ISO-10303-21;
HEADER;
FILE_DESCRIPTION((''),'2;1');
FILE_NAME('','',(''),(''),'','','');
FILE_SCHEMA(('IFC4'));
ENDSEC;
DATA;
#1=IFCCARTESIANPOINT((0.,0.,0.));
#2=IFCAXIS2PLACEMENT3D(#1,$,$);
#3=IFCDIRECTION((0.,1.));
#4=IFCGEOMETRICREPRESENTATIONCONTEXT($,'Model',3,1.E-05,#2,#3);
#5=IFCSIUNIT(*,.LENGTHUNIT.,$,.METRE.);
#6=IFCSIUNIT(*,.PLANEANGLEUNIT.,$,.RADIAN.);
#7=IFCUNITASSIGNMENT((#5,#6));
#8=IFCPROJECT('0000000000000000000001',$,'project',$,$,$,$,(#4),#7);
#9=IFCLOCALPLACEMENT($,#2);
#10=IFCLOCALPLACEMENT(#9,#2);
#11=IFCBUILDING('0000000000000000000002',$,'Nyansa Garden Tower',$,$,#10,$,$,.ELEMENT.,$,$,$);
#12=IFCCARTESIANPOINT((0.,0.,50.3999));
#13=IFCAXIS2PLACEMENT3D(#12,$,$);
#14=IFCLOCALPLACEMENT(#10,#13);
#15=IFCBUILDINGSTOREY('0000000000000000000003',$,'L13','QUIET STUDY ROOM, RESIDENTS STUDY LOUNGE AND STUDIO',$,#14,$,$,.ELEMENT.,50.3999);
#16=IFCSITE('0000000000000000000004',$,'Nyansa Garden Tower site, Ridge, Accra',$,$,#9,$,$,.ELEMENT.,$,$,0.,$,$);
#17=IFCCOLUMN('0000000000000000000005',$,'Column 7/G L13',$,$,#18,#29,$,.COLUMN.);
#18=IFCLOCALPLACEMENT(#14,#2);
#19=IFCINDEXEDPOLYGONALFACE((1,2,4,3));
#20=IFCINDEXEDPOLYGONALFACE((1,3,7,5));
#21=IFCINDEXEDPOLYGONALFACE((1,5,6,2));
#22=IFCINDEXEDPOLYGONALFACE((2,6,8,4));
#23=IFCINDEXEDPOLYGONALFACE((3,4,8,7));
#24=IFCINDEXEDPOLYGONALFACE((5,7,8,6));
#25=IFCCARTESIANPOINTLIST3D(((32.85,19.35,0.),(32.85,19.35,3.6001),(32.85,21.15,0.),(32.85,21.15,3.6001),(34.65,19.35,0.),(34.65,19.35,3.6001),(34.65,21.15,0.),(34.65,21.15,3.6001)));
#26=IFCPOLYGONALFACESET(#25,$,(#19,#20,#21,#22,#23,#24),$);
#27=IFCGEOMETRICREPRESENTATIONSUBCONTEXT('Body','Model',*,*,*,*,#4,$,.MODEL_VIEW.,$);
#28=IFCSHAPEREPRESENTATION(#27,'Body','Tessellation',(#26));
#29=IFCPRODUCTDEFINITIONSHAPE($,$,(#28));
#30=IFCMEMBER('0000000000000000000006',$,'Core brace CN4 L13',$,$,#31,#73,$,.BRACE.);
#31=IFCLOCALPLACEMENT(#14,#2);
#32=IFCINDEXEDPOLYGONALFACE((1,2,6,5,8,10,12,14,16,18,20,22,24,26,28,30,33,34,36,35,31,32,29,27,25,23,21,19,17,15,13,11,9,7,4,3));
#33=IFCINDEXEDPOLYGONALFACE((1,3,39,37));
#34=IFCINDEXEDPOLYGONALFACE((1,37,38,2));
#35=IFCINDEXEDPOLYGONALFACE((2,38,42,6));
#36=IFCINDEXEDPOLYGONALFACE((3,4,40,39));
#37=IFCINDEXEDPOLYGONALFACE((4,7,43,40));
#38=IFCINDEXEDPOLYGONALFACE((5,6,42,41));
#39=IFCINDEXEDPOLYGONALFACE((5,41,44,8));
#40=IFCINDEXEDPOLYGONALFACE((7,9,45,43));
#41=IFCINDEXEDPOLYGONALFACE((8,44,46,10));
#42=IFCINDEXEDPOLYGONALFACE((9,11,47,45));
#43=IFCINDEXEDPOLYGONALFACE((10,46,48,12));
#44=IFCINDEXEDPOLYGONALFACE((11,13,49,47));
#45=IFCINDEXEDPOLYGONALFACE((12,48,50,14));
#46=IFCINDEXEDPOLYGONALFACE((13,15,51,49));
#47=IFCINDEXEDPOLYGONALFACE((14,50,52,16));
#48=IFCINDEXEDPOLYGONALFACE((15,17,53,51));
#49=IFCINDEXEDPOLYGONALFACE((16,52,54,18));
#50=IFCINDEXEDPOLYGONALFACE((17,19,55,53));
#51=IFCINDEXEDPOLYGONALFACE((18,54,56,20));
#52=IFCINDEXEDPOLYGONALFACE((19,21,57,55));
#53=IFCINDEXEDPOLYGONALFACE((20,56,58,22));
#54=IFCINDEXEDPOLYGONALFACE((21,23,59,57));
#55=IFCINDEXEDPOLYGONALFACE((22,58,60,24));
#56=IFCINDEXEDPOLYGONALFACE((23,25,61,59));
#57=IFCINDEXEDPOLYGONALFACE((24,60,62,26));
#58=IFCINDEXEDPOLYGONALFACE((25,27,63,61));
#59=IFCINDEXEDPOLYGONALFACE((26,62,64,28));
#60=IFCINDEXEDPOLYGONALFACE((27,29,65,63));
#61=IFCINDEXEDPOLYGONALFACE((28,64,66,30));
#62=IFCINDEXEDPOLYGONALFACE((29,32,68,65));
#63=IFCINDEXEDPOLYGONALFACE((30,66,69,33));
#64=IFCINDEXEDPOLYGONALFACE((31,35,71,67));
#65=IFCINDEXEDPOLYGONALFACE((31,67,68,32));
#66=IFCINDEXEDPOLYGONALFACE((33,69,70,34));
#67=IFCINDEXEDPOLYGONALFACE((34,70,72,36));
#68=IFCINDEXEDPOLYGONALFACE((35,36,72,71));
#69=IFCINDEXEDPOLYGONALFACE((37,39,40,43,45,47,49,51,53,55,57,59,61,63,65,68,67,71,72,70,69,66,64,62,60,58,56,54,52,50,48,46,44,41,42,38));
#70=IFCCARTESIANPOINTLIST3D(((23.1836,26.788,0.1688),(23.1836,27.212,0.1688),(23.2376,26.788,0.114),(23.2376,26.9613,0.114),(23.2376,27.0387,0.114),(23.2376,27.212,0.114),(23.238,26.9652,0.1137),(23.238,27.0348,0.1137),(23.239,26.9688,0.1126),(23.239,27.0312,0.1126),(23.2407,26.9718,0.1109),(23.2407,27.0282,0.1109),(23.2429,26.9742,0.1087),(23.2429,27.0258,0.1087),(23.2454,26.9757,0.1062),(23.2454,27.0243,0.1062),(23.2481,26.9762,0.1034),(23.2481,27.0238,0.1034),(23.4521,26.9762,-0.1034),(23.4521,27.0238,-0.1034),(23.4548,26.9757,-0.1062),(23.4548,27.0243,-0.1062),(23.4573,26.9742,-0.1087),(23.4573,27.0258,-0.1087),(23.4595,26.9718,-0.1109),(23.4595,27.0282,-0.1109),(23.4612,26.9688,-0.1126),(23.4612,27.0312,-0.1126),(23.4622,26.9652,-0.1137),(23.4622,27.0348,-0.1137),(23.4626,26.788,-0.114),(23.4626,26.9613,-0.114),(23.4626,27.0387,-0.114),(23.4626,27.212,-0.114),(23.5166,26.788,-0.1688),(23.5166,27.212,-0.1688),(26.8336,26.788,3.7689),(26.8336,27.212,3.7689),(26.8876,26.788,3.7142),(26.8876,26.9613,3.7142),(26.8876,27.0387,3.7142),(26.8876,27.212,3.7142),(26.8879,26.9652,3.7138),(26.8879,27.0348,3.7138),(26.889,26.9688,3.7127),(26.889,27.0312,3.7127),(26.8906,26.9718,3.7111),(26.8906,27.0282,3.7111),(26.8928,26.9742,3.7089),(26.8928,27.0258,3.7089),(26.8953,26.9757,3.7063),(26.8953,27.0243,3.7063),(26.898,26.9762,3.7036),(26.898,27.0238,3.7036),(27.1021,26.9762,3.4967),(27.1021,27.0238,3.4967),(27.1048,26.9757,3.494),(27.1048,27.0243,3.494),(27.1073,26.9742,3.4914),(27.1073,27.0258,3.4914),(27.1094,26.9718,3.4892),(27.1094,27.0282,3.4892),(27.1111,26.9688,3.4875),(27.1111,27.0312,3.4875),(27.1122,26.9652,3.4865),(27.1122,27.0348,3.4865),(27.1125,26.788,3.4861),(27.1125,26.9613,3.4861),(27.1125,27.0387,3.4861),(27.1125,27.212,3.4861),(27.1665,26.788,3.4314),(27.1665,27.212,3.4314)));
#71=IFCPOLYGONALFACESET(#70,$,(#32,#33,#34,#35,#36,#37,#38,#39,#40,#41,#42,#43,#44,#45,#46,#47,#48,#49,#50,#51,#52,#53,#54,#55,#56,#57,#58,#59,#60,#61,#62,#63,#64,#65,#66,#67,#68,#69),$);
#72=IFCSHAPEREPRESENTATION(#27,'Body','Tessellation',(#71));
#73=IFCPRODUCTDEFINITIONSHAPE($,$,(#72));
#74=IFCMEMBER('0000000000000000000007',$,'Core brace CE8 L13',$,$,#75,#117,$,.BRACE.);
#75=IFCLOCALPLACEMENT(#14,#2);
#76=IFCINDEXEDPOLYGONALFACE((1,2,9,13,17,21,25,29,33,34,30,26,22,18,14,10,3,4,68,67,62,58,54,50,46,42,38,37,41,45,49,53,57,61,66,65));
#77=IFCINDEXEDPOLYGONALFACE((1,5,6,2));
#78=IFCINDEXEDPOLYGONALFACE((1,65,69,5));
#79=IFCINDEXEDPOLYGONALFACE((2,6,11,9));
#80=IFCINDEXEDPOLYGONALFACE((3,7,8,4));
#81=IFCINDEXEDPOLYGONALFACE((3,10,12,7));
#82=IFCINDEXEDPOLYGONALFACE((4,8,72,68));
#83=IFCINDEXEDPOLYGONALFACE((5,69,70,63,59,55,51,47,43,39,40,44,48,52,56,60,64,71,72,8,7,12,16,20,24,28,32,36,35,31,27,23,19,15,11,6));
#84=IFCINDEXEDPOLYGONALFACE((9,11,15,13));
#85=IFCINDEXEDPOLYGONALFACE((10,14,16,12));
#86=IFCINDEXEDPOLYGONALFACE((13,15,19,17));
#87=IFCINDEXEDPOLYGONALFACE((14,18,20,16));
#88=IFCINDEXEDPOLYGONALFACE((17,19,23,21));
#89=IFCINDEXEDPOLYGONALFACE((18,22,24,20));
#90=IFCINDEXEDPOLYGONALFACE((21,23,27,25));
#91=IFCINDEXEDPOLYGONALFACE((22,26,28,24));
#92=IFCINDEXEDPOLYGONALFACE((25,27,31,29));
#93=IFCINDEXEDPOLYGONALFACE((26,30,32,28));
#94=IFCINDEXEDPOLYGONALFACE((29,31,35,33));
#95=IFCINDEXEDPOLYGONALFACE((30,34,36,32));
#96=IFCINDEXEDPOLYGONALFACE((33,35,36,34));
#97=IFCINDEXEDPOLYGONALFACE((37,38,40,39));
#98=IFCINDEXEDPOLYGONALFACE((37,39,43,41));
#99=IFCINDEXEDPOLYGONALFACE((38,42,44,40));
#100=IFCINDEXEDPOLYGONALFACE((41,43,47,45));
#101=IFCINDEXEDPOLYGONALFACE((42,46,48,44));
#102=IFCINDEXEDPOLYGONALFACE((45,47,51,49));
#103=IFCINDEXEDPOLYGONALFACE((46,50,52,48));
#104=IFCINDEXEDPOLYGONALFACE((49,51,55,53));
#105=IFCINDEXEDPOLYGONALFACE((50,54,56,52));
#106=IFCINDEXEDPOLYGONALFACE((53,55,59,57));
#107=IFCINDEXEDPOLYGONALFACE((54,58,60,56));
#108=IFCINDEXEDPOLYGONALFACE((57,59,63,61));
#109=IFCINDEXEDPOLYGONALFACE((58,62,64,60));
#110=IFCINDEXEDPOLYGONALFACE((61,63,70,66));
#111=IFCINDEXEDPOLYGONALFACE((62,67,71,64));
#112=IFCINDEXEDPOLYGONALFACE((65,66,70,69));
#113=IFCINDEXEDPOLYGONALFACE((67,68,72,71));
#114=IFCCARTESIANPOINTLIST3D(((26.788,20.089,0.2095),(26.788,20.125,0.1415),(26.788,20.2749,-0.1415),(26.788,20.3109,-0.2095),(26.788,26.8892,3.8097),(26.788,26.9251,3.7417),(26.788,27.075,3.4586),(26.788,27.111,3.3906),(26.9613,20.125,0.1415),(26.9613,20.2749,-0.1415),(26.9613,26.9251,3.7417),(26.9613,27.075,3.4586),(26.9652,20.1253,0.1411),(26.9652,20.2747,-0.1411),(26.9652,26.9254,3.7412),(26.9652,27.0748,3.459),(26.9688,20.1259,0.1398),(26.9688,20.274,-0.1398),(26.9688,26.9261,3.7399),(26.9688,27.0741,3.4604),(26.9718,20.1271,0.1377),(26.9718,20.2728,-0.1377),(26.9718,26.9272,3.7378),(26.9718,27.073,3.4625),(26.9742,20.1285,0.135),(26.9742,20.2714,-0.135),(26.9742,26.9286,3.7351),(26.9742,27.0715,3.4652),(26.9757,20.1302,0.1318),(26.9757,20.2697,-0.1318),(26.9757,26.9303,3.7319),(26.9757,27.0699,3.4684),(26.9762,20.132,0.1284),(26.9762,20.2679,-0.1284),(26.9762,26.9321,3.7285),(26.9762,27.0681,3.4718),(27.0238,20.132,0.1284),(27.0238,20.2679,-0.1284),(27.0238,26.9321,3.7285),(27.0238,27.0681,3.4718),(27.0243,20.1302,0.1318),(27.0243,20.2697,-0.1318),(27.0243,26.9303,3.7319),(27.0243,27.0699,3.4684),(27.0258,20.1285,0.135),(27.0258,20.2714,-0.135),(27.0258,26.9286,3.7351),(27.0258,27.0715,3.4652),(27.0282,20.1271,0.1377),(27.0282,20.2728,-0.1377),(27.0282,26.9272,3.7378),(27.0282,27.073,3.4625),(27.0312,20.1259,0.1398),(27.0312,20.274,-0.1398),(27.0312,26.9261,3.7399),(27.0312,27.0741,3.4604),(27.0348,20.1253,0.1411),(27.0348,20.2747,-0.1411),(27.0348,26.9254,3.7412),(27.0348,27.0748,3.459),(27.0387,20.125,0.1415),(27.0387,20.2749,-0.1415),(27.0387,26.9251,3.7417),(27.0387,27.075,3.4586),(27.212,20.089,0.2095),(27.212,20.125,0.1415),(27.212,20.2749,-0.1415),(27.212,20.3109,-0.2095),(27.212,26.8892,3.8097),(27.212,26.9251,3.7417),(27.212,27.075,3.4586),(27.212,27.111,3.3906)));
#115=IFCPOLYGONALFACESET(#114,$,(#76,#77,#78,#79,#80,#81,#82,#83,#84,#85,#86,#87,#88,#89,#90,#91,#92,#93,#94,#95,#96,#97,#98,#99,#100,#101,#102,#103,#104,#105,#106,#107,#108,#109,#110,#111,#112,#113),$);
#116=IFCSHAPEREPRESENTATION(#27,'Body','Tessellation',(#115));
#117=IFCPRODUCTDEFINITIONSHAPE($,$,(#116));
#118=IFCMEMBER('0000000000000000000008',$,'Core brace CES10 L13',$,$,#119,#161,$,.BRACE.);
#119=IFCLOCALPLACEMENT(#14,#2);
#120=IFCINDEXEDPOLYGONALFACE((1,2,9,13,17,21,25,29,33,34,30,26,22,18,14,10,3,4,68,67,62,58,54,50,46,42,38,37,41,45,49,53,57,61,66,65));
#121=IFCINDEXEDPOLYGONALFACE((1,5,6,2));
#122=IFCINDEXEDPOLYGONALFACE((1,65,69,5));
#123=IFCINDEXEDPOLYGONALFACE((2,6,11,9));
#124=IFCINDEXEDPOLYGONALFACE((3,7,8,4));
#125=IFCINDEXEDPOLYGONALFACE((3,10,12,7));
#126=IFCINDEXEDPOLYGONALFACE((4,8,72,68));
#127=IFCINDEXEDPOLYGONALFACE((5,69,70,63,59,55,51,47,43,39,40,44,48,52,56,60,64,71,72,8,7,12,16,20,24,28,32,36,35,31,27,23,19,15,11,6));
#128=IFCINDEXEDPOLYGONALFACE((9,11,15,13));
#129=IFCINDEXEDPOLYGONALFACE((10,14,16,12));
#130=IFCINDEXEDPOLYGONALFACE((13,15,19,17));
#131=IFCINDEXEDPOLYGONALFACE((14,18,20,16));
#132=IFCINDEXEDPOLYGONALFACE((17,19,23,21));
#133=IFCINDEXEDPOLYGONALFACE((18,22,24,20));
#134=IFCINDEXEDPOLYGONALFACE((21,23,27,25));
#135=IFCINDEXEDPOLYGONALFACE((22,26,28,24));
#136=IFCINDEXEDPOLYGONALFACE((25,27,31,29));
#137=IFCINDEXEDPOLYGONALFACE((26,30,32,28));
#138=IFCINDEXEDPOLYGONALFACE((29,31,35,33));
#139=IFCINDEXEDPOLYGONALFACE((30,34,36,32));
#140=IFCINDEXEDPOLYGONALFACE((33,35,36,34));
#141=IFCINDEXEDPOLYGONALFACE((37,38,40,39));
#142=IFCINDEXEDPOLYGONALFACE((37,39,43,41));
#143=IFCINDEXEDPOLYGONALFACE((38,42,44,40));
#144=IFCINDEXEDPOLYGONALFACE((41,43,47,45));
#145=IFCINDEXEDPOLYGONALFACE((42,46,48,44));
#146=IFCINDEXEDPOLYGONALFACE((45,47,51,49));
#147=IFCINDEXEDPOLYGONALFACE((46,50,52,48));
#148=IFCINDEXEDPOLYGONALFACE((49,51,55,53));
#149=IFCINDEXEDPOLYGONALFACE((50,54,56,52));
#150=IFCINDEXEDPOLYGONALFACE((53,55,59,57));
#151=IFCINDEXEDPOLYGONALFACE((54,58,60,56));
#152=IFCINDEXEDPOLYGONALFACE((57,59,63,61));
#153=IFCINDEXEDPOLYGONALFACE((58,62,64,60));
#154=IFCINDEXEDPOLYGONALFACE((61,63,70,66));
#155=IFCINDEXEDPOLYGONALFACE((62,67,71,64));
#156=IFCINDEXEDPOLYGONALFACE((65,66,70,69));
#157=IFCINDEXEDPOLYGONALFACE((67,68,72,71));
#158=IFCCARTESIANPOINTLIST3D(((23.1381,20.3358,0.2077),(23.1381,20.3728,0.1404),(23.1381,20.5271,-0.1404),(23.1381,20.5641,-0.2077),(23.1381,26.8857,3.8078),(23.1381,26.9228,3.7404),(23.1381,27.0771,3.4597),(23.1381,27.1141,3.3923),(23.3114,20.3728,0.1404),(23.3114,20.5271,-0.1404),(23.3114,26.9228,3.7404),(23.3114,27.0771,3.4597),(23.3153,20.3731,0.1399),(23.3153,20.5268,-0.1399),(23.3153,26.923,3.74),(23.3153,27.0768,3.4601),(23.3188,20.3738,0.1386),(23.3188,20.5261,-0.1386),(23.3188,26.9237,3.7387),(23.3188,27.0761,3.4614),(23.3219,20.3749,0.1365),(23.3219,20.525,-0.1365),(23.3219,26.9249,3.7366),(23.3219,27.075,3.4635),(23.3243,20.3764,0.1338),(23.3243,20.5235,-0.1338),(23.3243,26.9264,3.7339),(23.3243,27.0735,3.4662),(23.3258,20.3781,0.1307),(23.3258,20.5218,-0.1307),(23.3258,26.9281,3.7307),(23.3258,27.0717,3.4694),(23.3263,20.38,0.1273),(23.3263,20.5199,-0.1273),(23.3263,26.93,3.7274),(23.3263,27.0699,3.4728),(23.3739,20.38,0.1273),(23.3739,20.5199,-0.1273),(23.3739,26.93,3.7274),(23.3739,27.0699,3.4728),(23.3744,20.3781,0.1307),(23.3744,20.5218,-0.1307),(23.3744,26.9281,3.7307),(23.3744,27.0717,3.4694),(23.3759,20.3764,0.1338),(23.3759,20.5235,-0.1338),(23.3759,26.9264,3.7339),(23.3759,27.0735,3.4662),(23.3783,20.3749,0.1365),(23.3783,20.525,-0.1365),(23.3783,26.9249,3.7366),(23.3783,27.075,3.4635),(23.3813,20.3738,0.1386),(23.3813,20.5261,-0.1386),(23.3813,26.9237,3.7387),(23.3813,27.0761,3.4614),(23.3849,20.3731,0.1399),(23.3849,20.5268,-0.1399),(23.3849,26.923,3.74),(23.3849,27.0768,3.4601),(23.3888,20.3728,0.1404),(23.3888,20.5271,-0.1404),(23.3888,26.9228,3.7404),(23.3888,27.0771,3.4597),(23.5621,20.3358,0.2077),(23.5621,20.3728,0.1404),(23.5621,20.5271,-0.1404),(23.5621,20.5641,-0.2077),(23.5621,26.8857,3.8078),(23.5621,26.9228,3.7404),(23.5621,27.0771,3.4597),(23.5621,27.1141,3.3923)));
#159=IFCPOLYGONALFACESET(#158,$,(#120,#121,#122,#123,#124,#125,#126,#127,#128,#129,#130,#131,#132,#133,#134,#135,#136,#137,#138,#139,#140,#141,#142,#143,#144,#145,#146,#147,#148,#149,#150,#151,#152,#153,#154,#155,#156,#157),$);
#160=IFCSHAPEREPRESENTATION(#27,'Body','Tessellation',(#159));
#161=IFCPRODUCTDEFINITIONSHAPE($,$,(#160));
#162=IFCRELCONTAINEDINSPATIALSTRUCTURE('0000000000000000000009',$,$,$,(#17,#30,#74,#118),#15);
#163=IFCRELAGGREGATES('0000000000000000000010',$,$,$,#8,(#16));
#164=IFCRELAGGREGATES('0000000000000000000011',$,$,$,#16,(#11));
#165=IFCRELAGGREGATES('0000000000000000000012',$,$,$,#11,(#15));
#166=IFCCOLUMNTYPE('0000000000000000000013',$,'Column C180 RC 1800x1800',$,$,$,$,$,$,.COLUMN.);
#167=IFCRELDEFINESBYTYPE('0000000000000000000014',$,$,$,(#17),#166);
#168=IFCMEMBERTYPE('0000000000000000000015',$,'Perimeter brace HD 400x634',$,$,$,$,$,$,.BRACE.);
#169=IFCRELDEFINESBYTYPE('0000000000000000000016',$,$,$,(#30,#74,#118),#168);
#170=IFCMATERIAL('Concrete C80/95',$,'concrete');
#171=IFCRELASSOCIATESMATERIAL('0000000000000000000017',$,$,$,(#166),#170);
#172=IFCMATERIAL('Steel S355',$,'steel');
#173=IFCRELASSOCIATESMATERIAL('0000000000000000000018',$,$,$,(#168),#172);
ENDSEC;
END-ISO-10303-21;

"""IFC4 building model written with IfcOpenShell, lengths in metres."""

from ifc_helpers import new_model, si_unit, direction, frame, origin, origin_2d, place, context, subcontext, project, spatial, rectangle, i_section, extrude, material, material_profile, profile_set, type_object, element, save


model = new_model("IFC4")

# Units and contexts
model_context = context("Model", 3, precision=1e-05, world=origin(), true_north=direction((0.0, 1.0)))
body_context = subcontext(model_context, "Body", "Model", "MODEL_VIEW")
ifc_project = project(units=[si_unit("LENGTHUNIT", "METRE"), si_unit("PLANEANGLEUNIT", "RADIAN")], contexts=[model_context])

# Site, building, storey
site_placement = place(None, origin())
site = spatial("IfcSite", under=ifc_project, at=site_placement, Name="Nyansa Garden Tower site, Ridge, Accra", CompositionType="ELEMENT", RefElevation=0.0)
building_placement = place(site_placement, origin())
building = spatial("IfcBuilding", under=site, at=building_placement, Name="Nyansa Garden Tower", CompositionType="ELEMENT")
storey_placement = place(building_placement, frame((0.0, 0.0, 50.3999)))
storey = spatial("IfcBuildingStorey", under=building, at=storey_placement, Name="L13", Description="QUIET STUDY ROOM, RESIDENTS STUDY LOUNGE AND STUDIO", CompositionType="ELEMENT", Elevation=50.3999)

# Column
ifc_material_1 = material(Name="Concrete C80/95", Category="concrete")
ifc_material_profile_1 = material_profile(ifc_material_1, rectangle(XDim=1.8, YDim=1.8, at=origin_2d()), Name="RC 1800x1800")
ifc_profile_set_1 = profile_set([ifc_material_profile_1], Name="Concrete C80/95")
column_type = type_object("IfcColumnType", Name="Column C180 RC 1800x1800", PredefinedType="COLUMN", material=ifc_profile_set_1)
column_placement = place(storey_placement, frame((33.75, 20.25, 0.0), z_axis=(0.0, 0.0, 1.0), x_axis=(1.0, 0.0, 0.0)))
element("IfcColumn", 1, at=column_placement, inside=storey, type_object=column_type, Name="Column 7/G L13", PredefinedType="COLUMN", context=body_context, shape_type="SweptSolid", body=[
    extrude(rectangle(XDim=1.8, YDim=1.8, at=origin_2d()), origin(), (0.0, 0.0, 1.0), 3.6001),
])

# Members
ifc_material_2 = material(Name="Steel S355", Category="steel")
ifc_material_profile_2 = material_profile(ifc_material_2, i_section(OverallWidth=0.4241, OverallDepth=0.4741, WebThickness=0.0476, FlangeThickness=0.0769, FilletRadius=0.0149, at=origin_2d()), Name="HD 400x634")
ifc_profile_set_2 = profile_set([ifc_material_profile_2], Name="Steel S355")
member_type = type_object("IfcMemberType", Name="Perimeter brace HD 400x634", PredefinedType="BRACE", material=ifc_profile_set_2)
member_1_placement = place(storey_placement, frame((23.3501, 27.0, 0.0), z_axis=(0.711948, 0.0, 0.702233), x_axis=(0.0, 1.0, 0.0)))
element("IfcMember", 2, at=member_1_placement, inside=storey, type_object=member_type, Name="Core brace CN4 L13", PredefinedType="BRACE", context=body_context, shape_type="SweptSolid", body=[
    extrude(i_section(OverallWidth=0.4241, OverallDepth=0.4741, WebThickness=0.0476, FlangeThickness=0.0769, FilletRadius=0.0149, at=origin_2d()), origin(), (0.0, 0.0, 1.0), 5.1267),
])
member_2_placement = place(storey_placement, frame((27.0, 20.2, 0.0), z_axis=(0.0, 0.883784, 0.467895), x_axis=(-1.0, 0.0, 0.0)))
element("IfcMember", 3, at=member_2_placement, inside=storey, type_object=member_type, Name="Core brace CE8 L13", PredefinedType="BRACE", context=body_context, shape_type="SweptSolid", body=[
    extrude(i_section(OverallWidth=0.4241, OverallDepth=0.4741, WebThickness=0.0476, FlangeThickness=0.0769, FilletRadius=0.0149, at=origin_2d()), origin(), (0.0, 0.0, 1.0), 7.6943),
])
for number, where, z_axis, x_axis, name in (
    (4, (23.3501, 20.45, 0.0), (0.0, 0.876353, 0.481669), (-1.0, 0.0, 0.0), "Core brace CES10 L13"),
):
    element("IfcMember", number, at=place(storey_placement, frame(where, z_axis=z_axis, x_axis=x_axis)), inside=storey, type_object=member_type, Name=name, PredefinedType="BRACE", context=body_context, shape_type="SweptSolid", body=[
        extrude(i_section(OverallWidth=0.4241, OverallDepth=0.4741, WebThickness=0.0476, FlangeThickness=0.0769, FilletRadius=0.0149, at=origin_2d()), origin(), (0.0, 0.0, 1.0), 7.4741),
    ])

save(model, "model.ifc")
